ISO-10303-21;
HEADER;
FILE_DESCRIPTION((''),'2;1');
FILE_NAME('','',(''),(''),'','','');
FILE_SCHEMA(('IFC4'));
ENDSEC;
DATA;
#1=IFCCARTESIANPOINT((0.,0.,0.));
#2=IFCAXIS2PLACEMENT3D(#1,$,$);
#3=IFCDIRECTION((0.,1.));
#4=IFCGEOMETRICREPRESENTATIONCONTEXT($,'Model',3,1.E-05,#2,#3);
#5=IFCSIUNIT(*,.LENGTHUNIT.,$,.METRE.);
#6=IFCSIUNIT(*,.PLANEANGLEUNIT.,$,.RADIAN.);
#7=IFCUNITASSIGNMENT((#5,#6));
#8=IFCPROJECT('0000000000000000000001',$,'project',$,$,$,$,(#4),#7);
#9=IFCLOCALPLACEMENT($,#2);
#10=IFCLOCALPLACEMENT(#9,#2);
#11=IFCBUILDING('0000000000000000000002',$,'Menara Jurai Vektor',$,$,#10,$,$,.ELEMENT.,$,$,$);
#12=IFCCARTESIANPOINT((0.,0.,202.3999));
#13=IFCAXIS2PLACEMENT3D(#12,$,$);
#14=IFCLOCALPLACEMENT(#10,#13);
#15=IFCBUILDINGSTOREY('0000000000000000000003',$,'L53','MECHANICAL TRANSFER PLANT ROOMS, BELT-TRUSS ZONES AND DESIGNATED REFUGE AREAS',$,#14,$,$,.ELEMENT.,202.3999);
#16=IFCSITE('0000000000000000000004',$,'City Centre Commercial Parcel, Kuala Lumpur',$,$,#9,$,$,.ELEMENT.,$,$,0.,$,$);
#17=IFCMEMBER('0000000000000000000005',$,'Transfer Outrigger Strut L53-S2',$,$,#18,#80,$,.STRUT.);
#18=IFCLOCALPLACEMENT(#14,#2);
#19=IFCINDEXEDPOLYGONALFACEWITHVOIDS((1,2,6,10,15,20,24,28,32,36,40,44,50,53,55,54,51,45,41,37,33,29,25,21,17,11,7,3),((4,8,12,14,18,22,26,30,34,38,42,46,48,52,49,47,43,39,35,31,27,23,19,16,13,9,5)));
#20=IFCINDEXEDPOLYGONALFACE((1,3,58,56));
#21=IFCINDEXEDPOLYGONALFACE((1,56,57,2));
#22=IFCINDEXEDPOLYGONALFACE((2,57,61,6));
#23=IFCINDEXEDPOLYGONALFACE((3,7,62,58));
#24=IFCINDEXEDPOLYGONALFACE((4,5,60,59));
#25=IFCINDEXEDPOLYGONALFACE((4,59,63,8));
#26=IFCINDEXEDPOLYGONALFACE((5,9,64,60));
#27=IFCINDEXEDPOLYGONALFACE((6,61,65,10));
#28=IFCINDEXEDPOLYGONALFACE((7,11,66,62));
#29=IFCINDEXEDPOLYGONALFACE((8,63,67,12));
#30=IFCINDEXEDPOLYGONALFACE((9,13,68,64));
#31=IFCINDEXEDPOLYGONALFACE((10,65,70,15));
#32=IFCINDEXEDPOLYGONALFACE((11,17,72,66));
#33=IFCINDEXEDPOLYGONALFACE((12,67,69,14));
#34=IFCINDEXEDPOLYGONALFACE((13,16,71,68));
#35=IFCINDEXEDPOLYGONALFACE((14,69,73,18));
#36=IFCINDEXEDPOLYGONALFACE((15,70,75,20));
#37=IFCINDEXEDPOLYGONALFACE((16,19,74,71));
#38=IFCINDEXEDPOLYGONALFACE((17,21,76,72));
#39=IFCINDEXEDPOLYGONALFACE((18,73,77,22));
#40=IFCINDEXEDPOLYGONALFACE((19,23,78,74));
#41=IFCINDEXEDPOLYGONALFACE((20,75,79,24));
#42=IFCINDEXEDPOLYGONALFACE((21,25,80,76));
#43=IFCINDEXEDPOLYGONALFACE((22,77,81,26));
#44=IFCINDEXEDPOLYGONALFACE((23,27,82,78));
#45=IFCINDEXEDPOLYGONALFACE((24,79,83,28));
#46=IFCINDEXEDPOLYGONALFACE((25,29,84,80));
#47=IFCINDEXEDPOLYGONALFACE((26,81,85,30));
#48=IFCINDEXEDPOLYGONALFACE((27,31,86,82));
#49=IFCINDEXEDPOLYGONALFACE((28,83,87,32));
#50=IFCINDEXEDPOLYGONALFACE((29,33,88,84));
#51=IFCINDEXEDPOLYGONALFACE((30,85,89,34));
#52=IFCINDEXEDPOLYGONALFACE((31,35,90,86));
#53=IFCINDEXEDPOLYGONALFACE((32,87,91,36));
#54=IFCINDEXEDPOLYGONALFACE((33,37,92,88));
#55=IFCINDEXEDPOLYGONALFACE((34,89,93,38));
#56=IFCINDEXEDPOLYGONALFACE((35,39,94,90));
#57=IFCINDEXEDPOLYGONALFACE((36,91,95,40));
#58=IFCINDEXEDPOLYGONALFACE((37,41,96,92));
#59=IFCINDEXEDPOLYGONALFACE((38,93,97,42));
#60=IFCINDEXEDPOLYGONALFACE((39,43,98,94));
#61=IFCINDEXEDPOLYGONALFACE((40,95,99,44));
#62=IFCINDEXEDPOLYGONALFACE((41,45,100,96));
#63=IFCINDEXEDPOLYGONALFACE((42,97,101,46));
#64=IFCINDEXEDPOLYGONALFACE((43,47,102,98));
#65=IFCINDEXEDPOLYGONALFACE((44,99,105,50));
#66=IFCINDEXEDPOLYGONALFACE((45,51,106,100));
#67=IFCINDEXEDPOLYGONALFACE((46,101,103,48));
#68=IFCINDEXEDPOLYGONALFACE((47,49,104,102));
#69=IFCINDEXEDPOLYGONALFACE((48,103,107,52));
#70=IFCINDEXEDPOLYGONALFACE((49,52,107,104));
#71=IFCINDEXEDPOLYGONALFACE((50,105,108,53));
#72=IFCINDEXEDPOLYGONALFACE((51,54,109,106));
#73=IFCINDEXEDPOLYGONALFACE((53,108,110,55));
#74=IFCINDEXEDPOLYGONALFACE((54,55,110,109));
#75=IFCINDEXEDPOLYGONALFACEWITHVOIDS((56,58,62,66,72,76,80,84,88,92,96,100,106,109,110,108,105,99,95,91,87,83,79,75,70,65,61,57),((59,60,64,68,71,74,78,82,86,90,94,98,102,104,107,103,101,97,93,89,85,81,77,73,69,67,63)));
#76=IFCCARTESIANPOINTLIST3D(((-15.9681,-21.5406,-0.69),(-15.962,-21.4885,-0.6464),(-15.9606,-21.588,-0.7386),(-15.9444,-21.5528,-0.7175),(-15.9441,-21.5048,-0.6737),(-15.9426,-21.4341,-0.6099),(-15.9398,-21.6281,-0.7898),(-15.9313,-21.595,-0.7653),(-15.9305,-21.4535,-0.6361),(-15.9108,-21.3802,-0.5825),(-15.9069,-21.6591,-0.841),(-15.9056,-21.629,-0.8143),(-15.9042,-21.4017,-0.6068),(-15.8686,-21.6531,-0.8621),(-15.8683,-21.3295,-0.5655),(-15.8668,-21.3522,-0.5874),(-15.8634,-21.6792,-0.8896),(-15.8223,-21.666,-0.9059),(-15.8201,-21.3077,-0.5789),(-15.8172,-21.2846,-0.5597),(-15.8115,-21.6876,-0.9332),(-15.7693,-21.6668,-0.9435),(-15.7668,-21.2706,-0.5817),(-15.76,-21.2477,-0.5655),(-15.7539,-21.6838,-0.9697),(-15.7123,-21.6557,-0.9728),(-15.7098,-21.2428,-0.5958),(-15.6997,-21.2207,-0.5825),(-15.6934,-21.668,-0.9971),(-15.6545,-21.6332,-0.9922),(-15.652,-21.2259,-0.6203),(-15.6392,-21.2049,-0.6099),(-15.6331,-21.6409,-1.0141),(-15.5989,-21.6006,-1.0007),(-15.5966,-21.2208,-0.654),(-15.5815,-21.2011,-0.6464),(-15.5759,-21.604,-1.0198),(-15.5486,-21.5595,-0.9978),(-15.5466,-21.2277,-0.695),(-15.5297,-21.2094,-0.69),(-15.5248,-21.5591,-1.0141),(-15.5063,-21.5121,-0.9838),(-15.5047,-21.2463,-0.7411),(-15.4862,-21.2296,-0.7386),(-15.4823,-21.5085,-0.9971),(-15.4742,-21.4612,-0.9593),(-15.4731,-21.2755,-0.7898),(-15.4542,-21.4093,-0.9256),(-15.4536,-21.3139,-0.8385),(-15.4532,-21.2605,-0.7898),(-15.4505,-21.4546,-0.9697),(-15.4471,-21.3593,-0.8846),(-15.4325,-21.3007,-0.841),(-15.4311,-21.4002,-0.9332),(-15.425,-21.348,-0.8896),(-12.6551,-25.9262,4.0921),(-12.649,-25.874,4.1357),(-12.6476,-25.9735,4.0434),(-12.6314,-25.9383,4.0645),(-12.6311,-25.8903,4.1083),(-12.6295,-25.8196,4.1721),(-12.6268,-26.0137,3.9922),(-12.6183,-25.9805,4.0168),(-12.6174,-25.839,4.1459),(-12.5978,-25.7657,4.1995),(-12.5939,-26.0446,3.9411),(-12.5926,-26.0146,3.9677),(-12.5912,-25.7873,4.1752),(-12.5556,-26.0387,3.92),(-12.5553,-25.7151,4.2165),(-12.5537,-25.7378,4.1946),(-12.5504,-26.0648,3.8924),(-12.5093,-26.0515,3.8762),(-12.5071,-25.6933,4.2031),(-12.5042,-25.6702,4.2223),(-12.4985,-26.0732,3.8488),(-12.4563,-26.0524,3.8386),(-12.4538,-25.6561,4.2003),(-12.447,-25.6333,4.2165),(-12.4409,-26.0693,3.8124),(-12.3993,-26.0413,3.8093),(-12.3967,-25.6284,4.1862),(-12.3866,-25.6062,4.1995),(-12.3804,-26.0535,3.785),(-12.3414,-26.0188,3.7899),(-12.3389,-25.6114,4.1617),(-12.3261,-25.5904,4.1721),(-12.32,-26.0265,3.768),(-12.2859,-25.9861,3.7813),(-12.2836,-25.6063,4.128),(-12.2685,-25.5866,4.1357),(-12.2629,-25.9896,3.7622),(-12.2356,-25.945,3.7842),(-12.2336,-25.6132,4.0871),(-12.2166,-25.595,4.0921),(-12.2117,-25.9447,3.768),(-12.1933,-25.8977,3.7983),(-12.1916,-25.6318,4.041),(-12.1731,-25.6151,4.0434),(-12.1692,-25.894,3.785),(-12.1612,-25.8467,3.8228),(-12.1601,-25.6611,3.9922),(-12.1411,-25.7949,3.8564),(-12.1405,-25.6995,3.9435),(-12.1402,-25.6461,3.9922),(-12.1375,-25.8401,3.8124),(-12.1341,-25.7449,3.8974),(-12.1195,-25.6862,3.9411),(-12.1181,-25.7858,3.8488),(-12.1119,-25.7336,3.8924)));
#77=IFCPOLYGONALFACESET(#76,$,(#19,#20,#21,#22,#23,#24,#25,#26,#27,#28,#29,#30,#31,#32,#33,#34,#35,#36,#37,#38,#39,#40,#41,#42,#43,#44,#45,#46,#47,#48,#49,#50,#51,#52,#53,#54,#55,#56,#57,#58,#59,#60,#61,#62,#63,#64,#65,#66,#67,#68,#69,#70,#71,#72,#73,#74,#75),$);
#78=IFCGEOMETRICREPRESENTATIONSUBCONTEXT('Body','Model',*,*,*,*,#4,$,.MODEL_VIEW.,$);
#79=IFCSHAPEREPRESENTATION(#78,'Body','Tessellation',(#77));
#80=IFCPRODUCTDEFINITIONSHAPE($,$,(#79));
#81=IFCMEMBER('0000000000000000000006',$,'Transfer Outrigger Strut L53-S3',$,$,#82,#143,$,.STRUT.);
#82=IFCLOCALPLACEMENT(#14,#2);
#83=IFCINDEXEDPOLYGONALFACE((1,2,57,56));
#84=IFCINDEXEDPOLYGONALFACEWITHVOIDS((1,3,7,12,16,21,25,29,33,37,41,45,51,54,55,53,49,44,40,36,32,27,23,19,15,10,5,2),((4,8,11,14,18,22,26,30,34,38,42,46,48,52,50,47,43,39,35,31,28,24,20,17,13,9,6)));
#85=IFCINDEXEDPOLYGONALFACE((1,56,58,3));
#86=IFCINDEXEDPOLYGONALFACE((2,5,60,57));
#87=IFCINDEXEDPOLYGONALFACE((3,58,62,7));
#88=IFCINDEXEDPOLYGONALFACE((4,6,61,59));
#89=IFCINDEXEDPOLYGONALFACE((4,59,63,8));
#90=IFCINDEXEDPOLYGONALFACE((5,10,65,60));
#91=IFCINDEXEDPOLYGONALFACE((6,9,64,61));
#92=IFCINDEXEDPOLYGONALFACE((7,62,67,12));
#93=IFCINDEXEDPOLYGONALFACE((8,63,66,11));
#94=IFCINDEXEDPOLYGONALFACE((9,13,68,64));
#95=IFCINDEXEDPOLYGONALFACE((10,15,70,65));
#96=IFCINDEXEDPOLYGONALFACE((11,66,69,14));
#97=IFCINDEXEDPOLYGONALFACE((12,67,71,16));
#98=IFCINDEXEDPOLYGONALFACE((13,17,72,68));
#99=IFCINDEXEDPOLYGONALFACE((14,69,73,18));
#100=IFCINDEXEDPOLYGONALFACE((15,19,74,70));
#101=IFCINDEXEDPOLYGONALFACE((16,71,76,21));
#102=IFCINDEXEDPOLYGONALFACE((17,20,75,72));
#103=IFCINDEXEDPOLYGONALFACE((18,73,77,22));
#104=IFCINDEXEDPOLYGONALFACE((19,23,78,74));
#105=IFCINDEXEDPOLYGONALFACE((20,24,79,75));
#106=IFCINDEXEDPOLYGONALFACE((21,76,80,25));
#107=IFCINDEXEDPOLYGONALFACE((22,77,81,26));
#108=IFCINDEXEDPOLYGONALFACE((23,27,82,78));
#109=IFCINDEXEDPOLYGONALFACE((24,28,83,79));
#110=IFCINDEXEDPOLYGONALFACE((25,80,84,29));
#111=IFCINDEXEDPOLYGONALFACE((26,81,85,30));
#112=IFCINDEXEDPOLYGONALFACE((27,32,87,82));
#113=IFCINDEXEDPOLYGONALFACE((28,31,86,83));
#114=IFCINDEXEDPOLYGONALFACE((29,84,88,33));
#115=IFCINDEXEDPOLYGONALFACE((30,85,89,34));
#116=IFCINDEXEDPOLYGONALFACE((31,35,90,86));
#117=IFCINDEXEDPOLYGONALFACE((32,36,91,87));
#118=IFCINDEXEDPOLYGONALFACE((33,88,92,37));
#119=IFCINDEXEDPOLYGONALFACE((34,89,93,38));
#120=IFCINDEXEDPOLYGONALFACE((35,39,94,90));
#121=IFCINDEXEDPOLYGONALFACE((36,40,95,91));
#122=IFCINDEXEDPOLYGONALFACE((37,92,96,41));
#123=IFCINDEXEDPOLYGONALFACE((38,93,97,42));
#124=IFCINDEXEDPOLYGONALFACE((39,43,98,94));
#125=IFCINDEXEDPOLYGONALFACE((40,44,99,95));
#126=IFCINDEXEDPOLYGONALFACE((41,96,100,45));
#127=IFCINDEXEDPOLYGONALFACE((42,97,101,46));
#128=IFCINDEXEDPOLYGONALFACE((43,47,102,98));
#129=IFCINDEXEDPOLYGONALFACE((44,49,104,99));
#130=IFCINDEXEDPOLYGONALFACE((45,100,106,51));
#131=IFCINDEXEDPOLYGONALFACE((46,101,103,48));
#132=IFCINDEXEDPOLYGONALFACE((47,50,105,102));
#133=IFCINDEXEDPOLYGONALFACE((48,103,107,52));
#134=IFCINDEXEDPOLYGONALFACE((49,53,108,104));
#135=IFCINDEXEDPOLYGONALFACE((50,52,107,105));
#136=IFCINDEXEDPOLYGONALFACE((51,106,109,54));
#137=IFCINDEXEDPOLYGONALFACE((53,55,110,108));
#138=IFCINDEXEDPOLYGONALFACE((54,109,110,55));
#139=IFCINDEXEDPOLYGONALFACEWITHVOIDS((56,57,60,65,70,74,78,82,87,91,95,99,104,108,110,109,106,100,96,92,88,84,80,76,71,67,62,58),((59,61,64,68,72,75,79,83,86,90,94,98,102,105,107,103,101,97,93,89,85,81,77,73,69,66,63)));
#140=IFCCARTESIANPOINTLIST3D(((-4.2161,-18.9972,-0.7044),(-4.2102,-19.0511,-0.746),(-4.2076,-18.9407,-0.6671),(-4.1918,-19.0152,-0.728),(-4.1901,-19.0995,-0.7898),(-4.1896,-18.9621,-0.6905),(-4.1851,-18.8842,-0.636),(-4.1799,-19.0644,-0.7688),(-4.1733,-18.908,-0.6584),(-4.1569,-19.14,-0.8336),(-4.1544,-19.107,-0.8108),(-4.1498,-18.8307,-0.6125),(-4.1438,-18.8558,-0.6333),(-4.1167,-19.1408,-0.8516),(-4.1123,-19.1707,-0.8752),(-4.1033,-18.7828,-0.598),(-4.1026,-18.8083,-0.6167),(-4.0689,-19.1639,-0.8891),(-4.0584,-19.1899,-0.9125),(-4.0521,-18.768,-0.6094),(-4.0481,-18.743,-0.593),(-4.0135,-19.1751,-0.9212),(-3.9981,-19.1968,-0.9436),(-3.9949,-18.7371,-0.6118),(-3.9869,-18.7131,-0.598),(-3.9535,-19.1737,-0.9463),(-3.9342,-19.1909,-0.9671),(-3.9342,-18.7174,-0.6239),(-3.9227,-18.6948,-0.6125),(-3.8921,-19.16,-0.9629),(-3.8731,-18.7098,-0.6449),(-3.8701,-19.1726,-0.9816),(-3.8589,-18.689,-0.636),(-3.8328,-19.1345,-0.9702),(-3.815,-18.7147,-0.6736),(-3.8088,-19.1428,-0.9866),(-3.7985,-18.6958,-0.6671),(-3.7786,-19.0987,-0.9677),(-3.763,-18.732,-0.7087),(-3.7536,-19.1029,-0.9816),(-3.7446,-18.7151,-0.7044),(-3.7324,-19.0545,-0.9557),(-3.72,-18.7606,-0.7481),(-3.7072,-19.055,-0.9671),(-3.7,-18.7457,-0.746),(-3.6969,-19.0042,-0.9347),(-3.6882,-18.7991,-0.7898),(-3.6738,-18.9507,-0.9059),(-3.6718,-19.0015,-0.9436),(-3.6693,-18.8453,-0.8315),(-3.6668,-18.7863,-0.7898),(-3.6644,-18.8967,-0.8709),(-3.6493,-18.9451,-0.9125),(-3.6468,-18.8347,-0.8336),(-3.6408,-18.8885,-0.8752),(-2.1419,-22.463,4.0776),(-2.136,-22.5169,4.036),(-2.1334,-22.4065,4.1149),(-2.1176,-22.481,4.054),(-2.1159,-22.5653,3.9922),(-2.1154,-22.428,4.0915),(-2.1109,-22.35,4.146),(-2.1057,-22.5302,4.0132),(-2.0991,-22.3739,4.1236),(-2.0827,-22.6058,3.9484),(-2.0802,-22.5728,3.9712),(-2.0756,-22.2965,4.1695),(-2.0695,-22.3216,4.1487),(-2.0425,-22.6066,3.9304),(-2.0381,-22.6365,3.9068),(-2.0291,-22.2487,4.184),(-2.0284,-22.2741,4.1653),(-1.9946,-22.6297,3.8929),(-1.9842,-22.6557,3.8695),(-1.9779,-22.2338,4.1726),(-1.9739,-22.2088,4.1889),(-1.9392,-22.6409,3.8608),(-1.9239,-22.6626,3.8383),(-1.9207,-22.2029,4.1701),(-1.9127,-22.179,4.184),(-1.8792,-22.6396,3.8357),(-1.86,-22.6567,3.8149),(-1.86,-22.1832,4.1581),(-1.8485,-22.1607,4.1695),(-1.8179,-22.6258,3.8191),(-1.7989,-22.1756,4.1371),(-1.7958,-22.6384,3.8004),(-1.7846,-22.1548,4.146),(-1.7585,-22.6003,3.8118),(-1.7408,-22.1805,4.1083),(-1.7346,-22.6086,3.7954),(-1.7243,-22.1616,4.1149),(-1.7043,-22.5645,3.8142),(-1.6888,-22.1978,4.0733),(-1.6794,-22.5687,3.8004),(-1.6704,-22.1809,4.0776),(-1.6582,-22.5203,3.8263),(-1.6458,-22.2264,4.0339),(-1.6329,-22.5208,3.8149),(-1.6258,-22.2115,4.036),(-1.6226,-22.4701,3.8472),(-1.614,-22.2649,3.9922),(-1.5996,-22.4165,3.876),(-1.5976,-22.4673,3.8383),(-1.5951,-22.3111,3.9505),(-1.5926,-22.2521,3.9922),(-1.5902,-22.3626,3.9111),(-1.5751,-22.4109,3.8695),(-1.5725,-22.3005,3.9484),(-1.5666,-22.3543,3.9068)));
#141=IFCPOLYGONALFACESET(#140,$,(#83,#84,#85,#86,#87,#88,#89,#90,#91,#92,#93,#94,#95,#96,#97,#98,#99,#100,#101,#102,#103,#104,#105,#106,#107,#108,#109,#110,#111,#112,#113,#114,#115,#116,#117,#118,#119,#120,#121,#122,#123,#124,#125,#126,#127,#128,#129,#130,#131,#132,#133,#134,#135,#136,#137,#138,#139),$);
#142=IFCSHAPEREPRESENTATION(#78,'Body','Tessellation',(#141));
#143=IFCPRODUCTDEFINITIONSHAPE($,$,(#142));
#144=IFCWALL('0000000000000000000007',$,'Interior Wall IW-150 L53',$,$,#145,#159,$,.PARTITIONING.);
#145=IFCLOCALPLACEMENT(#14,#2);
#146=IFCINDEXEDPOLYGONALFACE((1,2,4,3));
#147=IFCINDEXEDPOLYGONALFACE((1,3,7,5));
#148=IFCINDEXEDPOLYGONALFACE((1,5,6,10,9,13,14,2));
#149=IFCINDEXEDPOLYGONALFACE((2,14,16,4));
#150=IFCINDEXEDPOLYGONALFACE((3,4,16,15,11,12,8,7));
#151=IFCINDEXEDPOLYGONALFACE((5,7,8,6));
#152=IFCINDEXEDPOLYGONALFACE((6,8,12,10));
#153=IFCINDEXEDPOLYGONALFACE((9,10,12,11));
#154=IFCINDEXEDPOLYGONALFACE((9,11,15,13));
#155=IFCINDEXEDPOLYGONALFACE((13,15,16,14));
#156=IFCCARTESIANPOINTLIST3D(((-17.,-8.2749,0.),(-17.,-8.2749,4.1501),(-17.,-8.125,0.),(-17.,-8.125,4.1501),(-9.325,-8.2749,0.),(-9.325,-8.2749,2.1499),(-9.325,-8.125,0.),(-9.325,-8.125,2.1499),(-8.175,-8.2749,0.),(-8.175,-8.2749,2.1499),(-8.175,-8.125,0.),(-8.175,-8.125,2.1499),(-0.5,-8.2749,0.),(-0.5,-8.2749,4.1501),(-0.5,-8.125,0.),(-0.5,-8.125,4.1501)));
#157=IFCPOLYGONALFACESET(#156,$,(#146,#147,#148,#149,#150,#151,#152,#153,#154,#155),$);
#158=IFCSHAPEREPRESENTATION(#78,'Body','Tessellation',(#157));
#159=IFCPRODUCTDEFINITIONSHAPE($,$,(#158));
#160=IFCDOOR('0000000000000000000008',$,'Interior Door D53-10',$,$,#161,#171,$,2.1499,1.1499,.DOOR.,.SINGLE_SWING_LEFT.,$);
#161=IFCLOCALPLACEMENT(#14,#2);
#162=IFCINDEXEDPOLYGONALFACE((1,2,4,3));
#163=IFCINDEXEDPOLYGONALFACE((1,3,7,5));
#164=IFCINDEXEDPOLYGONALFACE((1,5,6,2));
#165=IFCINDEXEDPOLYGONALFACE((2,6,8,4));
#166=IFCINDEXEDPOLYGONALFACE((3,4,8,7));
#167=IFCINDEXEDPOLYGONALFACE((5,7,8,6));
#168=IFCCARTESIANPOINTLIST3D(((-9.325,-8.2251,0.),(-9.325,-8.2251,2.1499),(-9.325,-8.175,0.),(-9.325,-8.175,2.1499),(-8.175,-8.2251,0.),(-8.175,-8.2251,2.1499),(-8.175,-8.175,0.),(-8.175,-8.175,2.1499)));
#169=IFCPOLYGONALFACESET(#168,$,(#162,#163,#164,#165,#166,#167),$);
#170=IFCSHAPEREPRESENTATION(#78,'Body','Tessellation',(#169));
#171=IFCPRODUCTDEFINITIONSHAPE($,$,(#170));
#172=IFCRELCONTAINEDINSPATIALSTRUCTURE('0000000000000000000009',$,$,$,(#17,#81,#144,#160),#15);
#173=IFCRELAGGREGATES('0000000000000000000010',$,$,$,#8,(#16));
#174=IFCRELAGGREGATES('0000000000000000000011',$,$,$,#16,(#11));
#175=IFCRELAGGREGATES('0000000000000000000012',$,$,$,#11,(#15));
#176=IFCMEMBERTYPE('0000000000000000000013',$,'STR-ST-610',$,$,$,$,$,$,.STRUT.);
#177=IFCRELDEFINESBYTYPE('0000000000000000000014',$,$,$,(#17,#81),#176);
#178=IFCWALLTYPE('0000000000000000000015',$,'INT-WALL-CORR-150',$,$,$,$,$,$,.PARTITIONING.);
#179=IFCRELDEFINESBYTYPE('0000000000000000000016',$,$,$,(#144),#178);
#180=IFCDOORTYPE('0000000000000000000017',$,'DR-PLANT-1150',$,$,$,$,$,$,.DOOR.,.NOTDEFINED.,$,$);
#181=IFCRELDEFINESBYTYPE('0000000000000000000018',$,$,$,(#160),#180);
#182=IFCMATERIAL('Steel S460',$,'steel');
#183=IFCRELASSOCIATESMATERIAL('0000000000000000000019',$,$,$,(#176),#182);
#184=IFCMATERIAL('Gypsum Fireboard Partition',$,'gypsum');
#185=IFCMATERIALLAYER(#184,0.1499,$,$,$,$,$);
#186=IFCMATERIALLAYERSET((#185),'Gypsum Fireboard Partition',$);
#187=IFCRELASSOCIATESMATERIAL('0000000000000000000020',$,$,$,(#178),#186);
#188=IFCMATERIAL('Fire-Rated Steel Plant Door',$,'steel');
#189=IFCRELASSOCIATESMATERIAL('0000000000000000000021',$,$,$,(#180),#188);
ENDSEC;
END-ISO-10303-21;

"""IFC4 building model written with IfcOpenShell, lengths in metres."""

from ifc_helpers import new_model, si_unit, direction, frame, frame_2d, origin, origin_2d, place, context, subcontext, project, spatial, rectangle, hollow_circle, extrude, material, layer, layer_set, material_profile, profile_set, type_object, element, fill, save


model = new_model("IFC4")

# Units and contexts
model_context = context("Model", 3, precision=1e-05, world=origin(), true_north=direction((0.0, 1.0)))
body_context = subcontext(model_context, "Body", "Model", "MODEL_VIEW")
ifc_project = project(units=[si_unit("LENGTHUNIT", "METRE"), si_unit("PLANEANGLEUNIT", "RADIAN")], contexts=[model_context])

# Site, building, storey
site_placement = place(None, origin())
site = spatial("IfcSite", under=ifc_project, at=site_placement, Name="City Centre Commercial Parcel, Kuala Lumpur", CompositionType="ELEMENT", RefElevation=0.0)
building_placement = place(site_placement, origin())
building = spatial("IfcBuilding", under=site, at=building_placement, Name="Menara Jurai Vektor", CompositionType="ELEMENT")
storey_placement = place(building_placement, frame((0.0, 0.0, 202.3999)))
storey = spatial("IfcBuildingStorey", under=building, at=storey_placement, Name="L53", Description="MECHANICAL TRANSFER PLANT ROOMS, BELT-TRUSS ZONES AND DESIGNATED REFUGE AREAS", CompositionType="ELEMENT", Elevation=202.3999)

# Shared definitions
ifc_material_1 = material(Name="Steel S460", Category="steel")

# Members
ifc_material_profile_1 = material_profile(ifc_material_1, hollow_circle(Radius=0.3049, WallThickness=0.0249, at=origin_2d()), Name="CHS 610x25")
ifc_profile_set_1 = profile_set([ifc_material_profile_1], Name="Steel S460")
member_type_1 = type_object("IfcMemberType", Name="STR-ST-610", PredefinedType="STRUT", material=ifc_profile_set_1)
member_1_placement = place(storey_placement, frame((-15.6965, -21.4443, -0.7898), z_axis=(0.454749, -0.601964, 0.656386), x_axis=(0.797911, 0.602775, 0.0)))
element("IfcMember", 1, at=member_1_placement, inside=storey, type_object=member_type_1, Name="Transfer Outrigger Strut L53-S2", PredefinedType="STRUT", context=body_context, shape_type="SweptSolid", body=[
    extrude(hollow_circle(Radius=0.3049, WallThickness=0.0249, at=origin_2d()), origin(), (0.0, 0.0, 1.0), 7.2854),
])
member_2_placement = place(storey_placement, frame((-3.9285, -18.9429, -0.7898), z_axis=(0.33137, -0.553687, 0.763953), x_axis=(0.858068, 0.513535, 0.0)))
element("IfcMember", 2, at=member_2_placement, inside=storey, type_object=member_type_1, Name="Transfer Outrigger Strut L53-S3", PredefinedType="STRUT", context=body_context, shape_type="SweptSolid", body=[
    extrude(hollow_circle(Radius=0.3049, WallThickness=0.0249, at=origin_2d()), origin(), (0.0, 0.0, 1.0), 6.2595),
])

# Wall, opening, door
ifc_material_2 = material(Name="Gypsum Fireboard Partition", Category="gypsum")
ifc_layer = layer(ifc_material_2, 0.1499)
ifc_layer_set = layer_set([ifc_layer], Name="Gypsum Fireboard Partition")
wall_type = type_object("IfcWallType", Name="INT-WALL-CORR-150", PredefinedType="PARTITIONING", material=ifc_layer_set)
wall_1_placement = place(storey_placement, frame((-17.0, -8.2, 0.0), z_axis=(0.0, 0.0, 1.0), x_axis=(1.0, 0.0, 0.0)))
wall_1 = element("IfcWall", 3, at=wall_1_placement, inside=storey, type_object=wall_type, Name="Interior Wall IW-150 L53", PredefinedType="PARTITIONING", context=body_context, shape_type="SweptSolid", body=[
    extrude(rectangle(XDim=16.5, YDim=0.1499, at=frame_2d((8.25, 0.0))), origin(), (0.0, 0.0, 1.0), 4.1501),
])
opening_1_placement = place(wall_1_placement, frame((7.675, 0.0, 0.0)))
opening_1 = element("IfcOpeningElement", 4, at=opening_1_placement, cuts=wall_1, PredefinedType="OPENING", context=body_context, shape_type="SweptSolid", body=[
    extrude(rectangle(XDim=1.1499, YDim=2.1499, at=frame_2d((0.575, 1.075))), frame((0.0, 0.085, 0.0), z_axis=(0.0, -1.0, 0.0), x_axis=(1.0, 0.0, 0.0)), (0.0, 0.0, 1.0), 0.1699),
])
ifc_material_3 = material(Name="Fire-Rated Steel Plant Door", Category="steel")
door_type = type_object("IfcDoorType", Name="DR-PLANT-1150", OperationType="NOTDEFINED", PredefinedType="DOOR", material=ifc_material_3)
door_1_placement = place(opening_1_placement, origin())
door_1 = element("IfcDoor", 5, at=door_1_placement, inside=storey, type_object=door_type, Name="Interior Door D53-10", OperationType="SINGLE_SWING_LEFT", OverallHeight=2.1499, OverallWidth=1.1499, PredefinedType="DOOR", context=body_context, shape_type="SweptSolid", body=[
    extrude(rectangle(XDim=1.1499, YDim=2.1499, at=frame_2d((0.575, 1.075))), frame((0.0, 0.0249, 0.0), z_axis=(0.0, -1.0, 0.0), x_axis=(1.0, 0.0, 0.0)), (0.0, 0.0, 1.0), 0.05),
])
fill(opening_1, door_1)

save(model, "model.ifc")
